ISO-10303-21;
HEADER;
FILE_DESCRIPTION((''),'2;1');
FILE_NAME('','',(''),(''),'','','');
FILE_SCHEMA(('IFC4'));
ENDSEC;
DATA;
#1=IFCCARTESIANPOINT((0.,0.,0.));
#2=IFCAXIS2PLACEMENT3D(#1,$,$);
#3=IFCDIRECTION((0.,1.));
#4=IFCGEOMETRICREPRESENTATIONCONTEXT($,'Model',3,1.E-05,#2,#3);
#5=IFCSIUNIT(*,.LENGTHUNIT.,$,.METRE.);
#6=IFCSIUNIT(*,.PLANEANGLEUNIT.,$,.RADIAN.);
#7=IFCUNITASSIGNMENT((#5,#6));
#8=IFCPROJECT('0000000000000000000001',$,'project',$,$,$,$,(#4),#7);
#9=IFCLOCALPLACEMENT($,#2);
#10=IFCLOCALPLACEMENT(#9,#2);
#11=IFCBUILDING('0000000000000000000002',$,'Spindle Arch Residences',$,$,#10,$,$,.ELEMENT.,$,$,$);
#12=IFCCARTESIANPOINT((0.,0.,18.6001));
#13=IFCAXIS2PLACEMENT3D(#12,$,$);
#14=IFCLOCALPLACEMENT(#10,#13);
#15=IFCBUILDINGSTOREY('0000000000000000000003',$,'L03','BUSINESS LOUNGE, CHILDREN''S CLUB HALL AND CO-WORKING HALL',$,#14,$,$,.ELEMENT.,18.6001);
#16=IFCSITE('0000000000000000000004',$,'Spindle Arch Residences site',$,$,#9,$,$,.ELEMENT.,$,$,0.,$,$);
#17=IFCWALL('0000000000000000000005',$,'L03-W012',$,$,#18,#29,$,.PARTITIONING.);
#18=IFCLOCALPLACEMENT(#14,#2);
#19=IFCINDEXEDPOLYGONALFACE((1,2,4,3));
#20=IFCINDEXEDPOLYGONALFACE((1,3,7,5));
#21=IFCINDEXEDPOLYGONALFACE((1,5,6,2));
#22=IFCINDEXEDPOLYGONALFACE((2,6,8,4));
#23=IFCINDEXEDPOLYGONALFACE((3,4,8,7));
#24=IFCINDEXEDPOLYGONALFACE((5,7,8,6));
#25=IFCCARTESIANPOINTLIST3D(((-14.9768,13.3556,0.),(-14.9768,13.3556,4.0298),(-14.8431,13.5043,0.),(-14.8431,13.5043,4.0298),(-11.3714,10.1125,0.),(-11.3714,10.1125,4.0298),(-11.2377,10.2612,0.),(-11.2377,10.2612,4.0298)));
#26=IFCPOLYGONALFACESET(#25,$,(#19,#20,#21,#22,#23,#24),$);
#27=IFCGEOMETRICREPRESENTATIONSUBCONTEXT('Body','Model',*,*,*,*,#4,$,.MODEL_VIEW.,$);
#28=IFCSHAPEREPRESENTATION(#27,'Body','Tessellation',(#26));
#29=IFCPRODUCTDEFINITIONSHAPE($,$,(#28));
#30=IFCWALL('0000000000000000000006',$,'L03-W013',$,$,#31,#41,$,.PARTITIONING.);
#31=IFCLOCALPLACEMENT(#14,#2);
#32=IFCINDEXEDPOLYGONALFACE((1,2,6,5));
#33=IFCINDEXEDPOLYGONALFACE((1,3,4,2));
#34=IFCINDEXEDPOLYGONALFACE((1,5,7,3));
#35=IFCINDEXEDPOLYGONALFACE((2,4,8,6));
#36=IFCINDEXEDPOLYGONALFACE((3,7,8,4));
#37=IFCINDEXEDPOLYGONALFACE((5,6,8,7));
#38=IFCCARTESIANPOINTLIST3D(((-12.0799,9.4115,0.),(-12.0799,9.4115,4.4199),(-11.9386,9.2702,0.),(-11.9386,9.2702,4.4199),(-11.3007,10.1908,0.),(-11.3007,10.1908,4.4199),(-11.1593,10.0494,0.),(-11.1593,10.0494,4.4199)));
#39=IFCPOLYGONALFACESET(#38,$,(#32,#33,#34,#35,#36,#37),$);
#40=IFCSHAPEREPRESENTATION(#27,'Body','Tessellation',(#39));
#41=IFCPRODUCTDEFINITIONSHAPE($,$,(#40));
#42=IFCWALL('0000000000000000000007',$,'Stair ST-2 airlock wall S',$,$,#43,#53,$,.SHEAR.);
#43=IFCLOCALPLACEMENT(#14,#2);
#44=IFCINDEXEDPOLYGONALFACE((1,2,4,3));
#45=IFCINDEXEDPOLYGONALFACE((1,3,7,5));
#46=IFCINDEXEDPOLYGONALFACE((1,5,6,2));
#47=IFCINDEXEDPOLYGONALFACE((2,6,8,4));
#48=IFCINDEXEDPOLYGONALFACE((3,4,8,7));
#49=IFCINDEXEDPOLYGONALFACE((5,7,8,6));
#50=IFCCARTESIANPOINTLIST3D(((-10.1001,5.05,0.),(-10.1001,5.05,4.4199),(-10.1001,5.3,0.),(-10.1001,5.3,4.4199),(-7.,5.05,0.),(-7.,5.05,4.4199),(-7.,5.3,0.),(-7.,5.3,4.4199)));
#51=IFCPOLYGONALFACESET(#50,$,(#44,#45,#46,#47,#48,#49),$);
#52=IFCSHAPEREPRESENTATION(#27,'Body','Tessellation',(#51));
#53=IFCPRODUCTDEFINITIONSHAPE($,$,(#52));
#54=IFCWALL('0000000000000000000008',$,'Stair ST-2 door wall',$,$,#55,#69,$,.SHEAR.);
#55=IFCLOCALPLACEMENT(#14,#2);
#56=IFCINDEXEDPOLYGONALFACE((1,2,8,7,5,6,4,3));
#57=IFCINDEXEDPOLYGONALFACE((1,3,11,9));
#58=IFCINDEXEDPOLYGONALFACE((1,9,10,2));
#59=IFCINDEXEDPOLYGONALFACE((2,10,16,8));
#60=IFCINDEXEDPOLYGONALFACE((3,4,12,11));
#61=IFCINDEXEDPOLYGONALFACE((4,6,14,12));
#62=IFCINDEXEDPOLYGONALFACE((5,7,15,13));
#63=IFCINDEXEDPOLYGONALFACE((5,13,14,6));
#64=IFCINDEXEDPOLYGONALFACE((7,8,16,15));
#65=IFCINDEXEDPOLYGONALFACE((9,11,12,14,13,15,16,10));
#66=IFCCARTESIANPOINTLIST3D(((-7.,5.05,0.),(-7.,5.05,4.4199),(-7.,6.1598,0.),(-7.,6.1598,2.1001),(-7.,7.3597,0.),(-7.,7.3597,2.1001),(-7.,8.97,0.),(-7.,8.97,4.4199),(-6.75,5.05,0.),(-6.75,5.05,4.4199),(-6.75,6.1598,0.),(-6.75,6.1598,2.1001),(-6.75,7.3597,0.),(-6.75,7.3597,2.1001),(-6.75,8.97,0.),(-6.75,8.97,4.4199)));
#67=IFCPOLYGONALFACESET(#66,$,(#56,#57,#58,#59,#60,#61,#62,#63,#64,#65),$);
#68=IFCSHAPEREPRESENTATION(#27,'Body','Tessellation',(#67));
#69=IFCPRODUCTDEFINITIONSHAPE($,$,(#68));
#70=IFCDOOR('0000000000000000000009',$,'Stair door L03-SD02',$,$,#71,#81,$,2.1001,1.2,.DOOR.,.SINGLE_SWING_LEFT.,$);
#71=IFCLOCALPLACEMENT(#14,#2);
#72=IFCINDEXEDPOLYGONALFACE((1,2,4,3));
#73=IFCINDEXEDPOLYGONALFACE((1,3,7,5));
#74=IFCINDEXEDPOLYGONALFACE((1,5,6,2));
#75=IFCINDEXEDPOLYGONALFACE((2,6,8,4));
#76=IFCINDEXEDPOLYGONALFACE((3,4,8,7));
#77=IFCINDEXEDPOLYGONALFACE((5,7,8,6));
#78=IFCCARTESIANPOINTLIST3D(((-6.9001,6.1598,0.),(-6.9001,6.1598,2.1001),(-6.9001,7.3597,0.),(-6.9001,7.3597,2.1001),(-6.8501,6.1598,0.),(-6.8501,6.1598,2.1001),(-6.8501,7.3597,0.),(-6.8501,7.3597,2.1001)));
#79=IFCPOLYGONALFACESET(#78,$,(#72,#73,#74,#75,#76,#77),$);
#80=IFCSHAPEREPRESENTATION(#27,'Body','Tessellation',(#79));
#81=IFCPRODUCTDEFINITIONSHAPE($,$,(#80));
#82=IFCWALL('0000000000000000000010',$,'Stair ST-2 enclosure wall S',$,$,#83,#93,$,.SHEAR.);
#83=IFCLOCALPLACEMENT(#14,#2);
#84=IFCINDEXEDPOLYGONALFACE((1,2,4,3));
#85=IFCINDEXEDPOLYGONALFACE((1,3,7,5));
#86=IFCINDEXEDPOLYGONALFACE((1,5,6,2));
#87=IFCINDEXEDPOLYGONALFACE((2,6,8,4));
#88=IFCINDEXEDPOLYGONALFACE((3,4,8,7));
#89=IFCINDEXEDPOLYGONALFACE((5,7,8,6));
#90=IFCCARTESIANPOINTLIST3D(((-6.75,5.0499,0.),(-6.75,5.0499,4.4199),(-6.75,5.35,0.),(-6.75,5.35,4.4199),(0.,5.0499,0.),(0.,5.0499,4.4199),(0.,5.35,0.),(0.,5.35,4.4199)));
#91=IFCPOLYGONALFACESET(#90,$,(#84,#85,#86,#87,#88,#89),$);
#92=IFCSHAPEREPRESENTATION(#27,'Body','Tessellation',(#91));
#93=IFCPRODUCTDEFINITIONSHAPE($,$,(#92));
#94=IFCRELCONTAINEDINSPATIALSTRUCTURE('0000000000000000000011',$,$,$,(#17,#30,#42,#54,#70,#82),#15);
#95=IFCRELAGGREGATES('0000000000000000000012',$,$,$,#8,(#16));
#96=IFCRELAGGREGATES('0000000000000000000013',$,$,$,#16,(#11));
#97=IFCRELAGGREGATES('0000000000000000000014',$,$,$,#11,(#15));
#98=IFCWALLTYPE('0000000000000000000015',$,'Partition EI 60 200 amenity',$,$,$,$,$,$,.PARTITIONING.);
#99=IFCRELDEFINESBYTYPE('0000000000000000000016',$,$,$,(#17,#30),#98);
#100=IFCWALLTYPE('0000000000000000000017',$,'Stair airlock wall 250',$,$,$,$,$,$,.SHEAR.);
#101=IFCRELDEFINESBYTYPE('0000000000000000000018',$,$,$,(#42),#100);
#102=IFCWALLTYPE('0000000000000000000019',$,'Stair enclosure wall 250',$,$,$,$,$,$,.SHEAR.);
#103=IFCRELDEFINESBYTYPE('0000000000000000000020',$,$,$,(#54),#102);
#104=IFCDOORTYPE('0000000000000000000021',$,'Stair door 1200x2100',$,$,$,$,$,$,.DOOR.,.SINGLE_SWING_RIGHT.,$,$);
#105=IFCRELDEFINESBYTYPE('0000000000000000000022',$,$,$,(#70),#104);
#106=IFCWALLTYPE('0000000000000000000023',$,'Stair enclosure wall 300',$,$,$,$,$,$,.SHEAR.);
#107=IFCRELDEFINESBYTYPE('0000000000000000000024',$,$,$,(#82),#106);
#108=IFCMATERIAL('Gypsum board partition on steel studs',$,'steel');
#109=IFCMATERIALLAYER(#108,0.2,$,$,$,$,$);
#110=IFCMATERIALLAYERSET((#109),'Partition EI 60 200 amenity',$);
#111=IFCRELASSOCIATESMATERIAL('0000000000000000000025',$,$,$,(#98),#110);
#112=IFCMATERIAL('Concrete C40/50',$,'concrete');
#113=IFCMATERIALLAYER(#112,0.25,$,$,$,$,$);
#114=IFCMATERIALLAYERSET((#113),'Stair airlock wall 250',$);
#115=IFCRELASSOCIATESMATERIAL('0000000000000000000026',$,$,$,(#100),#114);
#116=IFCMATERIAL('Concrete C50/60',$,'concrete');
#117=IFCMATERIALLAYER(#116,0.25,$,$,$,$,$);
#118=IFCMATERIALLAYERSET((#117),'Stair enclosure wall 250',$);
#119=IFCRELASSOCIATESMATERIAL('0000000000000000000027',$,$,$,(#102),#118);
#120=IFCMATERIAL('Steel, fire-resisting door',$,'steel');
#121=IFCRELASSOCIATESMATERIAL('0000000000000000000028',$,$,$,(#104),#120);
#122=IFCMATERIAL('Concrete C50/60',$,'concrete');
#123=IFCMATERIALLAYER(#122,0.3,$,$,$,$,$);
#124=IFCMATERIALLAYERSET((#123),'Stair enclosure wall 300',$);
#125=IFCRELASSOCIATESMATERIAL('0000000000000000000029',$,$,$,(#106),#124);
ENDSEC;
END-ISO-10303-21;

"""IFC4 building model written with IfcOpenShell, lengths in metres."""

from ifc_helpers import new_model, si_unit, direction, frame, frame_2d, origin, place, context, subcontext, project, spatial, rectangle, extrude, material, layer, layer_set, type_object, element, fill, save


model = new_model("IFC4")

# Units and contexts
model_context = context("Model", 3, precision=1e-05, world=origin(), true_north=direction((0.0, 1.0)))
body_context = subcontext(model_context, "Body", "Model", "MODEL_VIEW")
ifc_project = project(units=[si_unit("LENGTHUNIT", "METRE"), si_unit("PLANEANGLEUNIT", "RADIAN")], contexts=[model_context])

# Site, building, storey
site_placement = place(None, origin())
site = spatial("IfcSite", under=ifc_project, at=site_placement, Name="Spindle Arch Residences site", CompositionType="ELEMENT", RefElevation=0.0)
building_placement = place(site_placement, origin())
building = spatial("IfcBuilding", under=site, at=building_placement, Name="Spindle Arch Residences", CompositionType="ELEMENT")
storey_placement = place(building_placement, frame((0.0, 0.0, 18.6001)))
storey = spatial("IfcBuildingStorey", under=building, at=storey_placement, Name="L03", Description="BUSINESS LOUNGE, CHILDREN'S CLUB HALL AND CO-WORKING HALL", CompositionType="ELEMENT", Elevation=18.6001)

# Shared definitions
ifc_material_1 = material(Name="Gypsum board partition on steel studs", Category="steel")
ifc_layer_1 = layer(ifc_material_1, 0.2)
ifc_layer_set_1 = layer_set([ifc_layer_1], Name="Partition EI 60 200 amenity")
wall_type_1 = type_object("IfcWallType", Name="Partition EI 60 200 amenity", PredefinedType="PARTITIONING", material=ifc_layer_set_1)

# Walls
wall_1_placement = place(storey_placement, frame((-11.3044, 10.1868, 0.0), z_axis=(0.0, 0.0, 1.0), x_axis=(-0.743474, 0.668764, 0.0)))
element("IfcWall", 1, at=wall_1_placement, inside=storey, type_object=wall_type_1, Name="L03-W012", PredefinedType="PARTITIONING", context=body_context, shape_type="SweptSolid", body=[
    extrude(rectangle(XDim=4.8494, YDim=0.2, at=frame_2d((2.4248, 0.0))), origin(), (0.0, 0.0, 1.0), 4.0298),
])
wall_2_placement = place(storey_placement, frame((-11.23, 10.1201, 0.0), z_axis=(0.0, 0.0, 1.0), x_axis=(-0.707107, -0.707107, 0.0)))
element("IfcWall", 2, at=wall_2_placement, inside=storey, type_object=wall_type_1, Name="L03-W013", PredefinedType="PARTITIONING", context=body_context, shape_type="SweptSolid", body=[
    extrude(rectangle(XDim=1.1021, YDim=0.2, at=frame_2d((0.551, 0.0))), origin(), (0.0, 0.0, 1.0), 4.4199),
])
ifc_material_2 = material(Name="Concrete C40/50", Category="concrete")
ifc_layer_2 = layer(ifc_material_2, 0.25)
ifc_layer_set_2 = layer_set([ifc_layer_2], Name="Stair airlock wall 250")
wall_type_2 = type_object("IfcWallType", Name="Stair airlock wall 250", PredefinedType="SHEAR", material=ifc_layer_set_2)
wall_3_placement = place(storey_placement, frame((-7.0, 5.175, 0.0), z_axis=(0.0, 0.0, 1.0), x_axis=(-1.0, 0.0, 0.0)))
element("IfcWall", 3, at=wall_3_placement, inside=storey, type_object=wall_type_2, Name="Stair ST-2 airlock wall S", PredefinedType="SHEAR", context=body_context, shape_type="SweptSolid", body=[
    extrude(rectangle(XDim=3.1001, YDim=0.25, at=frame_2d((1.55, 0.0))), origin(), (0.0, 0.0, 1.0), 4.4199),
])

# Wall, opening, door
ifc_material_3 = material(Name="Concrete C50/60", Category="concrete")
ifc_layer_3 = layer(ifc_material_3, 0.25)
ifc_layer_set_3 = layer_set([ifc_layer_3], Name="Stair enclosure wall 250")
wall_type_3 = type_object("IfcWallType", Name="Stair enclosure wall 250", PredefinedType="SHEAR", material=ifc_layer_set_3)
wall_4_placement = place(storey_placement, frame((-6.875, 8.97, 0.0), z_axis=(0.0, 0.0, 1.0), x_axis=(0.0, -1.0, 0.0)))
wall_4 = element("IfcWall", 4, at=wall_4_placement, inside=storey, type_object=wall_type_3, Name="Stair ST-2 door wall", PredefinedType="SHEAR", context=body_context, shape_type="SweptSolid", body=[
    extrude(rectangle(XDim=3.9199, YDim=0.25, at=frame_2d((1.96, 0.0))), origin(), (0.0, 0.0, 1.0), 4.4199),
])
opening_1_placement = place(wall_4_placement, frame((1.6101, 0.0, 0.0)))
opening_1 = element("IfcOpeningElement", 5, at=opening_1_placement, cuts=wall_4, PredefinedType="OPENING", context=body_context, shape_type="SweptSolid", body=[
    extrude(rectangle(XDim=1.2, YDim=2.1001, at=frame_2d((0.6001, 1.05))), frame((0.0, 0.135, 0.0), z_axis=(0.0, -1.0, 0.0), x_axis=(1.0, 0.0, 0.0)), (0.0, 0.0, 1.0), 0.27),
])
ifc_material_4 = material(Name="Steel, fire-resisting door", Category="steel")
door_type_1 = type_object("IfcDoorType", Name="Stair door 1200x2100", OperationType="SINGLE_SWING_RIGHT", PredefinedType="DOOR", material=ifc_material_4)
door_1_placement = place(opening_1_placement, origin())
door_1 = element("IfcDoor", 6, at=door_1_placement, inside=storey, type_object=door_type_1, Name="Stair door L03-SD02", OperationType="SINGLE_SWING_LEFT", OverallHeight=2.1001, OverallWidth=1.2, PredefinedType="DOOR", context=body_context, shape_type="SweptSolid", body=[
    extrude(rectangle(XDim=1.2, YDim=2.1001, at=frame_2d((0.6001, 1.05))), frame((0.0, 0.0249, 0.0), z_axis=(0.0, -1.0, 0.0), x_axis=(1.0, 0.0, 0.0)), (0.0, 0.0, 1.0), 0.05),
])
fill(opening_1, door_1)

# Wall
ifc_material_5 = material(Name="Concrete C50/60", Category="concrete")
ifc_layer_4 = layer(ifc_material_5, 0.3)
ifc_layer_set_4 = layer_set([ifc_layer_4], Name="Stair enclosure wall 300")
wall_type_4 = type_object("IfcWallType", Name="Stair enclosure wall 300", PredefinedType="SHEAR", material=ifc_layer_set_4)
wall_5_placement = place(storey_placement, frame((-6.75, 5.2, 0.0), z_axis=(0.0, 0.0, 1.0), x_axis=(1.0, 0.0, 0.0)))
element("IfcWall", 7, at=wall_5_placement, inside=storey, type_object=wall_type_4, Name="Stair ST-2 enclosure wall S", PredefinedType="SHEAR", context=body_context, shape_type="SweptSolid", body=[
    extrude(rectangle(XDim=6.75, YDim=0.3, at=frame_2d((3.375, 0.0))), origin(), (0.0, 0.0, 1.0), 4.4199),
])

save(model, "model.ifc")
